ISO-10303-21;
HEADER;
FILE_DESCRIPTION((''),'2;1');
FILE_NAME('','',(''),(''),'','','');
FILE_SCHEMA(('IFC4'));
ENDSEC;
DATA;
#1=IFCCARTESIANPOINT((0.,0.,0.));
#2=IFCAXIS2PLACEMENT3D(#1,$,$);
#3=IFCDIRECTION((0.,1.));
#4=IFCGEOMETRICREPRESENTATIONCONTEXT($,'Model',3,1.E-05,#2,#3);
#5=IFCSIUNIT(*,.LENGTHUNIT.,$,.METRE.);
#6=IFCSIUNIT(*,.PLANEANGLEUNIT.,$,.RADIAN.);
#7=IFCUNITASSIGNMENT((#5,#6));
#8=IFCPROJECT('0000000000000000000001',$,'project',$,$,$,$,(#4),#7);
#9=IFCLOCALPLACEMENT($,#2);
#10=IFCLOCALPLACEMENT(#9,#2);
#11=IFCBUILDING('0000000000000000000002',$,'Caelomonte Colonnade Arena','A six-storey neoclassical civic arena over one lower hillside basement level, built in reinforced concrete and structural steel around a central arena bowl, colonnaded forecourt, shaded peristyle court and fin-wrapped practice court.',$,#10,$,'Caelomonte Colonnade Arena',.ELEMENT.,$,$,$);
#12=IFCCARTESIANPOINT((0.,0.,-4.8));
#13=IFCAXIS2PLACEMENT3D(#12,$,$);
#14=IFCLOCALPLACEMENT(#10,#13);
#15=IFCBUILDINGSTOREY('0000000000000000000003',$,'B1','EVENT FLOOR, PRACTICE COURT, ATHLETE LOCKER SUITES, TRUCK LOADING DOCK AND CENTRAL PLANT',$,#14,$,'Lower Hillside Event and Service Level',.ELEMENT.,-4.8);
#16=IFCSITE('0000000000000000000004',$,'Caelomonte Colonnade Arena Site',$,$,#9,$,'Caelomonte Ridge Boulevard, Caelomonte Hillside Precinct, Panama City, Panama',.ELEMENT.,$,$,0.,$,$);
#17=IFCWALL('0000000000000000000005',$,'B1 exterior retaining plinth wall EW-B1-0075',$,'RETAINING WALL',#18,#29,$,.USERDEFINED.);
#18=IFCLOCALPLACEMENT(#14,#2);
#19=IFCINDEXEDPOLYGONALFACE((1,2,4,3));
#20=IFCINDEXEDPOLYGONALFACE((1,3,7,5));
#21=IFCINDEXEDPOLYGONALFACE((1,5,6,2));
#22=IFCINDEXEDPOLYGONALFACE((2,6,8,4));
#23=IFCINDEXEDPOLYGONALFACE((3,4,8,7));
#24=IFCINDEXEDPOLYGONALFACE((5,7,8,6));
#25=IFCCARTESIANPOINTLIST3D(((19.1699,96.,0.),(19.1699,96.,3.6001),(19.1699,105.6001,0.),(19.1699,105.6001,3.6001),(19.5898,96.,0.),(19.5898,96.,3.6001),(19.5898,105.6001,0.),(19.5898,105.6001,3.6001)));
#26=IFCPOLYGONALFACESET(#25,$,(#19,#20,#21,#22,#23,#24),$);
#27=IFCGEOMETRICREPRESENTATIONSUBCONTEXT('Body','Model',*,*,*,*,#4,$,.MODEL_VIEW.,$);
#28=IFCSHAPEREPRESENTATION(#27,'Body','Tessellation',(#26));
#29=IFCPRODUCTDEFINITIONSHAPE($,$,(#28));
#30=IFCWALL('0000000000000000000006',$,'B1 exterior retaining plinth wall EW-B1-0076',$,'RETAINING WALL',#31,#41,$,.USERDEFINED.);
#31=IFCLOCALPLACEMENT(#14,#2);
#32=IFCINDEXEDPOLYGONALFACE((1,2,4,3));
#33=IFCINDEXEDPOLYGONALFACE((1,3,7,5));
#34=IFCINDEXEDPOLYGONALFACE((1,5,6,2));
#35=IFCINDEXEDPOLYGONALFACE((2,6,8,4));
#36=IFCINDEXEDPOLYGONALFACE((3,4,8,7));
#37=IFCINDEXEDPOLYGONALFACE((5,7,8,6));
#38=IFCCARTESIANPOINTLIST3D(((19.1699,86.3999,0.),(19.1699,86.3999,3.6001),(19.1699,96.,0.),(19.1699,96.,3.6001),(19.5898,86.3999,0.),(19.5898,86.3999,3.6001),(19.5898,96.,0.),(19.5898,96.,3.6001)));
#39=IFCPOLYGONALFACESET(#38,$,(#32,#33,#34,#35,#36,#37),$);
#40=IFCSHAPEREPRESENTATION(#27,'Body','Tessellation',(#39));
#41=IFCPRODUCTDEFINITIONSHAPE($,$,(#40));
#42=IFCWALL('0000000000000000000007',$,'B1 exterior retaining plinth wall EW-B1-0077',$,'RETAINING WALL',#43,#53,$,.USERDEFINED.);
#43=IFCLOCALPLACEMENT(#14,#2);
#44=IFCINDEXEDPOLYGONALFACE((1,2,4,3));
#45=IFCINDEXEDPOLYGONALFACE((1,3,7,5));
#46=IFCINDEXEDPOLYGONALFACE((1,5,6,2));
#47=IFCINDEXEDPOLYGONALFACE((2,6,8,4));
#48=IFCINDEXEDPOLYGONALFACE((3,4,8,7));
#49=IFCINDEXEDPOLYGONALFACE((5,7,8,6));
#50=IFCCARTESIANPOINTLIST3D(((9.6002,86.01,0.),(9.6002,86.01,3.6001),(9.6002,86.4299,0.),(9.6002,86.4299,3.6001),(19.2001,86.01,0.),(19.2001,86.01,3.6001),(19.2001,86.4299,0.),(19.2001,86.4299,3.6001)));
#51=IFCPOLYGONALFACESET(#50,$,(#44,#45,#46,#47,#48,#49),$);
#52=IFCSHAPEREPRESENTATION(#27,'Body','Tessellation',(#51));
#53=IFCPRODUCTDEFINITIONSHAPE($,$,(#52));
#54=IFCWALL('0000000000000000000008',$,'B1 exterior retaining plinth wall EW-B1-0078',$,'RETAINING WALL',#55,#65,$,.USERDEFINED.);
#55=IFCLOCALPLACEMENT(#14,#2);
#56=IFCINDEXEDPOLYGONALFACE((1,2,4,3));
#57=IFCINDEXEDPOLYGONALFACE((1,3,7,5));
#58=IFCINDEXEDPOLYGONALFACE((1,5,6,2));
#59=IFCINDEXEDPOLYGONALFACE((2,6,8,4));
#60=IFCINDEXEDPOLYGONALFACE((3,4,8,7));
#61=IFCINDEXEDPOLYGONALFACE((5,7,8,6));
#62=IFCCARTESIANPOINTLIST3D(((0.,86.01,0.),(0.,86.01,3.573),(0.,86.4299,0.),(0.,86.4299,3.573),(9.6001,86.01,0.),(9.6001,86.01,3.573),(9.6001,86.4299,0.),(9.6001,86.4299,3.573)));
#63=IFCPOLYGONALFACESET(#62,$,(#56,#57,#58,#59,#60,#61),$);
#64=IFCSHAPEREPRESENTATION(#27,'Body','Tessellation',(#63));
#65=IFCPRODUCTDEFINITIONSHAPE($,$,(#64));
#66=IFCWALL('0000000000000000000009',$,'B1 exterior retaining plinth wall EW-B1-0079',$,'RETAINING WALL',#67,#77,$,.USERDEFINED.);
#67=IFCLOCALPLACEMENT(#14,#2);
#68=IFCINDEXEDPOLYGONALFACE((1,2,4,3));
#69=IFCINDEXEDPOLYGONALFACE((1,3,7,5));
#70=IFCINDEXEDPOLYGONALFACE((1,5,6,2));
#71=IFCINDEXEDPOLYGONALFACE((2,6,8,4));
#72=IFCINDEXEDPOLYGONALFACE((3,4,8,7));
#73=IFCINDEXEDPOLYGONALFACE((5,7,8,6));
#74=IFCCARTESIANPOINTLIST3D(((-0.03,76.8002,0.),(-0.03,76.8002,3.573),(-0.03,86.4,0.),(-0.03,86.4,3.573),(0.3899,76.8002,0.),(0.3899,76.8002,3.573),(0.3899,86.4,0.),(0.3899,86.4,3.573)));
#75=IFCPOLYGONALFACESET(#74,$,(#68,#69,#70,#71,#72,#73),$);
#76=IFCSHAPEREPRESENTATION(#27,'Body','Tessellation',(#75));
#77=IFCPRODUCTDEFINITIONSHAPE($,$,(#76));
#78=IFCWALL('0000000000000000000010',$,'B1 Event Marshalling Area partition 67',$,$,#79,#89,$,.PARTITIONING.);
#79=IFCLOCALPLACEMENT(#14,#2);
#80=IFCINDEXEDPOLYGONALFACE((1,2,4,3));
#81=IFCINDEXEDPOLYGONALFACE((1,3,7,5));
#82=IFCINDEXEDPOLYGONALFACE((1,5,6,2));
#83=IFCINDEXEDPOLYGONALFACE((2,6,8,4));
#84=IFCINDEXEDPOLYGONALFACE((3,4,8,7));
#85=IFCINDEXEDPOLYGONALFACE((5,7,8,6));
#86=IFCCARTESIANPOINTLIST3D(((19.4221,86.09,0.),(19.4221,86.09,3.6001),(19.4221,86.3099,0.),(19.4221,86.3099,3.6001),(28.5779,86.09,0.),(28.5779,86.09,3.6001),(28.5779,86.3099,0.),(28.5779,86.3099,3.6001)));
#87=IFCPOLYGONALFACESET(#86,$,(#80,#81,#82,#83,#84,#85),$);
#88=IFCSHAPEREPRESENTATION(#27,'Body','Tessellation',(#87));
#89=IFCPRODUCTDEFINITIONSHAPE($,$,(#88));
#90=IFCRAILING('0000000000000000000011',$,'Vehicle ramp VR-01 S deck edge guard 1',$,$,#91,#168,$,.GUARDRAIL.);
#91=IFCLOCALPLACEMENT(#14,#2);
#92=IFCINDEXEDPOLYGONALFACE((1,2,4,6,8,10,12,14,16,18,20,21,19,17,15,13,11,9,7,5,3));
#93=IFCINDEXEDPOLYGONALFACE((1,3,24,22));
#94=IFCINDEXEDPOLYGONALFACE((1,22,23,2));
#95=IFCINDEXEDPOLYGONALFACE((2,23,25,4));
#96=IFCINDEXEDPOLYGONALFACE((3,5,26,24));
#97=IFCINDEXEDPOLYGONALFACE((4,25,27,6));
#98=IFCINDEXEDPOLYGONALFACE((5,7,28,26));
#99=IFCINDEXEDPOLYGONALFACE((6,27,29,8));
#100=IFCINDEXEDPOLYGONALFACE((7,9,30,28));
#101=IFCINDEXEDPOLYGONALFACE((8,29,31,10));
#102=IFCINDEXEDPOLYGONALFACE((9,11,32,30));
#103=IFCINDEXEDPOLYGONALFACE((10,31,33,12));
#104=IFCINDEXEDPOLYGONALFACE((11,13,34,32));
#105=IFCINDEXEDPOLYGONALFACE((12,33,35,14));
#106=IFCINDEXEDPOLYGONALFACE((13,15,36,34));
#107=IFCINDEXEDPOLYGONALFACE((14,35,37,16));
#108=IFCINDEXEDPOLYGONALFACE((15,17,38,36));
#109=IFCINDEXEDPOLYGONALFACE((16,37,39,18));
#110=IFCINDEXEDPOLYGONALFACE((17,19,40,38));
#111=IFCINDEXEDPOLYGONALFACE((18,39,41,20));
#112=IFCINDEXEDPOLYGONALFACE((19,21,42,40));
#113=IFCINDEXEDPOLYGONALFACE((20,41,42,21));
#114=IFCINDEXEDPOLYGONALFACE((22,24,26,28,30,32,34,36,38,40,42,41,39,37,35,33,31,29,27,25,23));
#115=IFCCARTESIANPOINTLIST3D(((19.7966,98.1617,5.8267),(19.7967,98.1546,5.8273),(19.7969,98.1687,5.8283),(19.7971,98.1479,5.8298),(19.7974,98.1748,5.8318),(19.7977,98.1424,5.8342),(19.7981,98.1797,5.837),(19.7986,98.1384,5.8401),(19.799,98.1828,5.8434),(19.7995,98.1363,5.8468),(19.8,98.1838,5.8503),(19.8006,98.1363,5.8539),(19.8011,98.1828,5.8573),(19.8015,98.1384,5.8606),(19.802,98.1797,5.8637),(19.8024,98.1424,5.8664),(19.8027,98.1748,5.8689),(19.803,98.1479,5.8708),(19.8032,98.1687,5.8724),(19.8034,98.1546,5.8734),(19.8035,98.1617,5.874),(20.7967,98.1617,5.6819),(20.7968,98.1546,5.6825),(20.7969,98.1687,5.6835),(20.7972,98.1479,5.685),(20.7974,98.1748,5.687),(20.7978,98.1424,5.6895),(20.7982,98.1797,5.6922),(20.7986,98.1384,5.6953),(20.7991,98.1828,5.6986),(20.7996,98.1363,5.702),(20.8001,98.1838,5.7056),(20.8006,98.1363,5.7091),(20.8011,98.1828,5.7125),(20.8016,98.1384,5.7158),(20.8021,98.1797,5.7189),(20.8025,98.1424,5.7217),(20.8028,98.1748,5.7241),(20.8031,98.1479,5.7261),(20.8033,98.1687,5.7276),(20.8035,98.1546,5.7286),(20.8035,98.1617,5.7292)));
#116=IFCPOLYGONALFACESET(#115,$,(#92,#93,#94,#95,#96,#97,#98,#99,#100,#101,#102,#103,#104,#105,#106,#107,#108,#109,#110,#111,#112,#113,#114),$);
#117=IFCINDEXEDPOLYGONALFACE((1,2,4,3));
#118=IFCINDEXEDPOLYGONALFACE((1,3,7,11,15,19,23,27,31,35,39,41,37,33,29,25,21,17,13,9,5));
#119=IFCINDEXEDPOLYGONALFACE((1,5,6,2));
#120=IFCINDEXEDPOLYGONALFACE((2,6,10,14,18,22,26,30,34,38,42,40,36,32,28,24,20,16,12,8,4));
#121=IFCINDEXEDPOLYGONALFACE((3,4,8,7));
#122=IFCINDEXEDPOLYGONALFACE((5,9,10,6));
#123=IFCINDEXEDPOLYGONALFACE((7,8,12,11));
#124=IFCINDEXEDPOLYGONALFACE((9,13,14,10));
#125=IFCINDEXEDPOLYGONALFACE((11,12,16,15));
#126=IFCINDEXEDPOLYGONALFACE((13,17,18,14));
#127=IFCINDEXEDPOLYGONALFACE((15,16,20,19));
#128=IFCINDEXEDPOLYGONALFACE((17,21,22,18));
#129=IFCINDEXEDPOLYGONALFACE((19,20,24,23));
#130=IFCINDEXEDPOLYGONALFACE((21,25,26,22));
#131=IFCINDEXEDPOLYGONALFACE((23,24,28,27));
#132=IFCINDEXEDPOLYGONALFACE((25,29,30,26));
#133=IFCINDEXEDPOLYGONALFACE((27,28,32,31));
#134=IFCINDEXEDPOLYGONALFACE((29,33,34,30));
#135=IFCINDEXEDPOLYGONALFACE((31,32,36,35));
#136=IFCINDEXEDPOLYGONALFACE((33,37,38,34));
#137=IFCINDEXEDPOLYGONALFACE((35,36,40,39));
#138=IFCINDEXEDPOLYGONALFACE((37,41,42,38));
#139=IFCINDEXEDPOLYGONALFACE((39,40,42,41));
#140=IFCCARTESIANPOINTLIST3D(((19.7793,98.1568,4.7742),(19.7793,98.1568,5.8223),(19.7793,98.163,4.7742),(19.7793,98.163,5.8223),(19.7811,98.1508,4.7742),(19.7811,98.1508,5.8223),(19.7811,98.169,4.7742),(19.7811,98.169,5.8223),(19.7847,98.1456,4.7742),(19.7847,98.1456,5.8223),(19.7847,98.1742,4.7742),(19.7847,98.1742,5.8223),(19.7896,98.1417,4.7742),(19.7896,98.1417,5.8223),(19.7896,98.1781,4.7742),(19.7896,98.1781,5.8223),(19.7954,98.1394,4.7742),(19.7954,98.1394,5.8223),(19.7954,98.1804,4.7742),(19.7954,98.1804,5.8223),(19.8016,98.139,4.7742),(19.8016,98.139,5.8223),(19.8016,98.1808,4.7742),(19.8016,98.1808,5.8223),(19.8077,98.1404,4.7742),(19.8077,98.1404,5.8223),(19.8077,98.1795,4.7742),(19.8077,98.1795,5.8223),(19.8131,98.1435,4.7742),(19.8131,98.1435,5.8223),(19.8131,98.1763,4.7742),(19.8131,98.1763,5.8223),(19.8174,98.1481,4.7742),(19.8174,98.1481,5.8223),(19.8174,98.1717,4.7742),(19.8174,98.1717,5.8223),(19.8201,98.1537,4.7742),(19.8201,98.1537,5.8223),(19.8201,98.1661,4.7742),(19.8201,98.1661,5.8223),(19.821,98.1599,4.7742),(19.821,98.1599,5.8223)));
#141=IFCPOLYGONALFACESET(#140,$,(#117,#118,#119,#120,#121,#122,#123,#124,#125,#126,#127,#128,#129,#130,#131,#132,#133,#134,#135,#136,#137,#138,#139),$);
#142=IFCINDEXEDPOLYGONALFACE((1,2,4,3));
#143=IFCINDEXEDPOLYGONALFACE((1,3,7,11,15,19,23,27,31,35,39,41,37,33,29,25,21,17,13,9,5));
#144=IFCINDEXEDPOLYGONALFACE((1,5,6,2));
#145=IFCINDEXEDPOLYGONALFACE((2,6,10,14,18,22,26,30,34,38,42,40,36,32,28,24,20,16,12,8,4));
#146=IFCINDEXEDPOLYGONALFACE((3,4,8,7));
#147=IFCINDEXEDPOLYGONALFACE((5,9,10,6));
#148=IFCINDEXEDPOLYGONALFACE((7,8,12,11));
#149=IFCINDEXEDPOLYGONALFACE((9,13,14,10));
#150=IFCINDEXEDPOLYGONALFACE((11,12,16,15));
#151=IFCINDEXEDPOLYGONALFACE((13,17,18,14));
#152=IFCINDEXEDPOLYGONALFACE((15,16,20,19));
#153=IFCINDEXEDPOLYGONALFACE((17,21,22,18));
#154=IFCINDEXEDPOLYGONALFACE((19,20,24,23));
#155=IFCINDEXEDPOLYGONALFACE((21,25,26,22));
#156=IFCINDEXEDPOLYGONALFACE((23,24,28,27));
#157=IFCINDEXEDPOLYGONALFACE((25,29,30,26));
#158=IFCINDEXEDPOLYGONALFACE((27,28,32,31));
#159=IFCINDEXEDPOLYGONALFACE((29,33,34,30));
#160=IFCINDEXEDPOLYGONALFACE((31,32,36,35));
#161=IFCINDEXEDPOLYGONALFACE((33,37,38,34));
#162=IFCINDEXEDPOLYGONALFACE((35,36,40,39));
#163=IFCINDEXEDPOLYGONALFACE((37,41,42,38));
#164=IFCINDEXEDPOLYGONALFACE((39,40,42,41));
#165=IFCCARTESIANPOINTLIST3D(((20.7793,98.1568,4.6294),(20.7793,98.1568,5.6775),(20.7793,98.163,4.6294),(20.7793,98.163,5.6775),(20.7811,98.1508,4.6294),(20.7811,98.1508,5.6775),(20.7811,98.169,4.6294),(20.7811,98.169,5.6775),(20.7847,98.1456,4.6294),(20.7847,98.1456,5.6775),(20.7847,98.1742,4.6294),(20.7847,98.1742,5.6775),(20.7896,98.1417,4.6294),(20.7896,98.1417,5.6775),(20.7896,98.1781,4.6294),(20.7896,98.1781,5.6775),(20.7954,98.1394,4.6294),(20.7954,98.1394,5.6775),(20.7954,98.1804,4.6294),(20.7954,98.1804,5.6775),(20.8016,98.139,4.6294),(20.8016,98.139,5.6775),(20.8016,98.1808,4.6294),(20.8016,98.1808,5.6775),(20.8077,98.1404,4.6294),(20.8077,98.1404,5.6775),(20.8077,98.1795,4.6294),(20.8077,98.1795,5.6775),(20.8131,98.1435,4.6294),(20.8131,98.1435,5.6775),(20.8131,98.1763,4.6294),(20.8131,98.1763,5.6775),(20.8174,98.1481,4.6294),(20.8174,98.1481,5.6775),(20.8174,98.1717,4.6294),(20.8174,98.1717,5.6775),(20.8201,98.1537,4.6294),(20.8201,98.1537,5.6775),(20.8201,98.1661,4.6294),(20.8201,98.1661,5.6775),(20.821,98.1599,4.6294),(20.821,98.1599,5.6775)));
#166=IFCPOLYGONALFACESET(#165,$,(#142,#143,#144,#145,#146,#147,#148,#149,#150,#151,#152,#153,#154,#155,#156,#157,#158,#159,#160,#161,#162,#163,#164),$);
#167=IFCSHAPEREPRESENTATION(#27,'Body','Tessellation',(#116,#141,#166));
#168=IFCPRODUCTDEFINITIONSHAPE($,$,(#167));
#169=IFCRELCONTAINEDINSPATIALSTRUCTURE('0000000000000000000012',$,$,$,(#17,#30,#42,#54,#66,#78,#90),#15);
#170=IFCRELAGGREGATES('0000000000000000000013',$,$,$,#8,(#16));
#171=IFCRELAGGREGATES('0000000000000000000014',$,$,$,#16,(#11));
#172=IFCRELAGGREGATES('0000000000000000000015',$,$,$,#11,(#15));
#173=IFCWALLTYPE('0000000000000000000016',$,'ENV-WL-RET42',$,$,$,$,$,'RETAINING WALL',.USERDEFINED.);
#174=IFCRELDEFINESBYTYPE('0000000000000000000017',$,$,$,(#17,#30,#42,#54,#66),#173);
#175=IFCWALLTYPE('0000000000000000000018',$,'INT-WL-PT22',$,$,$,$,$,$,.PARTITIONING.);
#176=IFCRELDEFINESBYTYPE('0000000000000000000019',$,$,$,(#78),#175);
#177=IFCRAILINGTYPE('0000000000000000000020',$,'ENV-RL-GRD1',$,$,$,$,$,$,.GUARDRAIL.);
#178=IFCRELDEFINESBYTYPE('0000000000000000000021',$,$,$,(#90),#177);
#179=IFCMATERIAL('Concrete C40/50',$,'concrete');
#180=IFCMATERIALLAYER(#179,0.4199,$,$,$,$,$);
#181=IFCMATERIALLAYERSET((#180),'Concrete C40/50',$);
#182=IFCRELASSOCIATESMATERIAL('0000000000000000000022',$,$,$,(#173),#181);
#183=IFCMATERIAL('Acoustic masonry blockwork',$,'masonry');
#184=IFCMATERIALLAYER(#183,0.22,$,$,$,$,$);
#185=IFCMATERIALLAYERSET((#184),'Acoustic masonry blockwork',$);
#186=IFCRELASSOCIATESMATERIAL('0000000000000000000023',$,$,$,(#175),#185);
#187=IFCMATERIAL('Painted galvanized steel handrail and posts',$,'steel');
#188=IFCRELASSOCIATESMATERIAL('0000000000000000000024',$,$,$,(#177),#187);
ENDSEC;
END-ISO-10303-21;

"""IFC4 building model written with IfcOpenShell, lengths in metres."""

from ifc_helpers import new_model, si_unit, direction, frame, frame_2d, origin, origin_2d, place, context, subcontext, project, spatial, rectangle, circle, extrude, material, layer, layer_set, type_object, element, save


model = new_model("IFC4")

# Units and contexts
model_context = context("Model", 3, precision=1e-05, world=origin(), true_north=direction((0.0, 1.0)))
body_context = subcontext(model_context, "Body", "Model", "MODEL_VIEW")
ifc_project = project(units=[si_unit("LENGTHUNIT", "METRE"), si_unit("PLANEANGLEUNIT", "RADIAN")], contexts=[model_context])

# Site, building, storey
site_placement = place(None, origin())
site = spatial("IfcSite", under=ifc_project, at=site_placement, Name="Caelomonte Colonnade Arena Site", LongName="Caelomonte Ridge Boulevard, Caelomonte Hillside Precinct, Panama City, Panama", CompositionType="ELEMENT", RefElevation=0.0)
building_placement = place(site_placement, origin())
building = spatial("IfcBuilding", under=site, at=building_placement, Name="Caelomonte Colonnade Arena", Description="A six-storey neoclassical civic arena over one lower hillside basement level, built in reinforced concrete and structural steel around a central arena bowl, colonnaded forecourt, shaded peristyle court and fin-wrapped practice court.", LongName="Caelomonte Colonnade Arena", CompositionType="ELEMENT")
storey_placement = place(building_placement, frame((0.0, 0.0, -4.8)))
storey = spatial("IfcBuildingStorey", under=building, at=storey_placement, Name="B1", Description="EVENT FLOOR, PRACTICE COURT, ATHLETE LOCKER SUITES, TRUCK LOADING DOCK AND CENTRAL PLANT", LongName="Lower Hillside Event and Service Level", CompositionType="ELEMENT", Elevation=-4.8)

# Shared definitions
ifc_material_1 = material(Name="Concrete C40/50", Category="concrete")

# Walls
ifc_layer_1 = layer(ifc_material_1, 0.4199)
ifc_layer_set_1 = layer_set([ifc_layer_1], Name="Concrete C40/50")
wall_type_1 = type_object("IfcWallType", Name="ENV-WL-RET42", ElementType="RETAINING WALL", PredefinedType="USERDEFINED", material=ifc_layer_set_1)
for number, where, z_axis, x_axis, name in (
    (1, (19.3799, 105.6001, 0.0), (0.0, 0.0, 1.0), (0.0, -1.0, 0.0), "B1 exterior retaining plinth wall EW-B1-0075"),
    (2, (19.3799, 96.0, 0.0), (0.0, 0.0, 1.0), (0.0, -1.0, 0.0), "B1 exterior retaining plinth wall EW-B1-0076"),
):
    element("IfcWall", number, at=place(storey_placement, frame(where, z_axis=z_axis, x_axis=x_axis)), inside=storey, type_object=wall_type_1, Name=name, ObjectType="RETAINING WALL", PredefinedType="USERDEFINED", context=body_context, shape_type="SweptSolid", body=[
        extrude(rectangle(XDim=9.6001, YDim=0.4199, at=frame_2d((4.8, 0.0))), origin(), (0.0, 0.0, 1.0), 3.6001),
    ])
wall_1_placement = place(storey_placement, frame((19.2, 86.22, 0.0), z_axis=(0.0, 0.0, 1.0), x_axis=(-1.0, 0.0, 0.0)))
element("IfcWall", 3, at=wall_1_placement, inside=storey, type_object=wall_type_1, Name="B1 exterior retaining plinth wall EW-B1-0077", ObjectType="RETAINING WALL", PredefinedType="USERDEFINED", context=body_context, shape_type="SweptSolid", body=[
    extrude(rectangle(XDim=9.5999, YDim=0.4199, at=frame_2d((4.7998, 0.0))), origin(), (0.0, 0.0, 1.0), 3.6001),
])
wall_2_placement = place(storey_placement, frame((9.6001, 86.22, 0.0), z_axis=(0.0, 0.0, 1.0), x_axis=(-1.0, 0.0, 0.0)))
element("IfcWall", 4, at=wall_2_placement, inside=storey, type_object=wall_type_1, Name="B1 exterior retaining plinth wall EW-B1-0078", ObjectType="RETAINING WALL", PredefinedType="USERDEFINED", context=body_context, shape_type="SweptSolid", body=[
    extrude(rectangle(XDim=9.6001, YDim=0.4199, at=frame_2d((4.8, 0.0))), origin(), (0.0, 0.0, 1.0), 3.573),
])
wall_3_placement = place(storey_placement, frame((0.1799, 86.3999, 0.0), z_axis=(0.0, 0.0, 1.0), x_axis=(0.0, -1.0, 0.0)))
element("IfcWall", 5, at=wall_3_placement, inside=storey, type_object=wall_type_1, Name="B1 exterior retaining plinth wall EW-B1-0079", ObjectType="RETAINING WALL", PredefinedType="USERDEFINED", context=body_context, shape_type="SweptSolid", body=[
    extrude(rectangle(XDim=9.5999, YDim=0.4199, at=frame_2d((4.7998, 0.0))), origin(), (0.0, 0.0, 1.0), 3.573),
])
ifc_material_2 = material(Name="Acoustic masonry blockwork", Category="masonry")
ifc_layer_2 = layer(ifc_material_2, 0.22)
ifc_layer_set_2 = layer_set([ifc_layer_2], Name="Acoustic masonry blockwork")
wall_type_2 = type_object("IfcWallType", Name="INT-WL-PT22", PredefinedType="PARTITIONING", material=ifc_layer_set_2)
wall_4_placement = place(storey_placement, frame((19.4221, 86.2, 0.0), z_axis=(0.0, 0.0, 1.0), x_axis=(1.0, 0.0, 0.0)))
element("IfcWall", 6, at=wall_4_placement, inside=storey, type_object=wall_type_2, Name="B1 Event Marshalling Area partition 67", PredefinedType="PARTITIONING", context=body_context, shape_type="SweptSolid", body=[
    extrude(rectangle(XDim=9.1558, YDim=0.22, at=frame_2d((4.5779, 0.0))), origin(), (0.0, 0.0, 1.0), 3.6001),
])

# Railing
ifc_material_3 = material(Name="Painted galvanized steel handrail and posts", Category="steel")
railing_type = type_object("IfcRailingType", Name="ENV-RL-GRD1", PredefinedType="GUARDRAIL", material=ifc_material_3)
for number, where, name in (
    (7, (19.8, 98.1599, 4.7742), "Vehicle ramp VR-01 S deck edge guard 1"),
):
    element("IfcRailing", number, at=place(storey_placement, frame(where)), inside=storey, type_object=railing_type, Name=name, PredefinedType="GUARDRAIL", context=body_context, shape_type="SweptSolid", body=[
        extrude(circle(Radius=0.0239, at=origin_2d()), frame((0.0, 0.0, 1.0762), z_axis=(0.989682, 0.0, -0.143282), x_axis=(0.0, 1.0, 0.0)), (0.0, 0.0, 1.0), 1.0105),
        extrude(circle(Radius=0.021, at=origin_2d()), origin(), (0.0, 0.0, 1.0), 1.0481),
        extrude(circle(Radius=0.021, at=origin_2d()), frame((1.0, 0.0, -0.1448)), (0.0, 0.0, 1.0), 1.0481),
    ])

save(model, "model.ifc")
